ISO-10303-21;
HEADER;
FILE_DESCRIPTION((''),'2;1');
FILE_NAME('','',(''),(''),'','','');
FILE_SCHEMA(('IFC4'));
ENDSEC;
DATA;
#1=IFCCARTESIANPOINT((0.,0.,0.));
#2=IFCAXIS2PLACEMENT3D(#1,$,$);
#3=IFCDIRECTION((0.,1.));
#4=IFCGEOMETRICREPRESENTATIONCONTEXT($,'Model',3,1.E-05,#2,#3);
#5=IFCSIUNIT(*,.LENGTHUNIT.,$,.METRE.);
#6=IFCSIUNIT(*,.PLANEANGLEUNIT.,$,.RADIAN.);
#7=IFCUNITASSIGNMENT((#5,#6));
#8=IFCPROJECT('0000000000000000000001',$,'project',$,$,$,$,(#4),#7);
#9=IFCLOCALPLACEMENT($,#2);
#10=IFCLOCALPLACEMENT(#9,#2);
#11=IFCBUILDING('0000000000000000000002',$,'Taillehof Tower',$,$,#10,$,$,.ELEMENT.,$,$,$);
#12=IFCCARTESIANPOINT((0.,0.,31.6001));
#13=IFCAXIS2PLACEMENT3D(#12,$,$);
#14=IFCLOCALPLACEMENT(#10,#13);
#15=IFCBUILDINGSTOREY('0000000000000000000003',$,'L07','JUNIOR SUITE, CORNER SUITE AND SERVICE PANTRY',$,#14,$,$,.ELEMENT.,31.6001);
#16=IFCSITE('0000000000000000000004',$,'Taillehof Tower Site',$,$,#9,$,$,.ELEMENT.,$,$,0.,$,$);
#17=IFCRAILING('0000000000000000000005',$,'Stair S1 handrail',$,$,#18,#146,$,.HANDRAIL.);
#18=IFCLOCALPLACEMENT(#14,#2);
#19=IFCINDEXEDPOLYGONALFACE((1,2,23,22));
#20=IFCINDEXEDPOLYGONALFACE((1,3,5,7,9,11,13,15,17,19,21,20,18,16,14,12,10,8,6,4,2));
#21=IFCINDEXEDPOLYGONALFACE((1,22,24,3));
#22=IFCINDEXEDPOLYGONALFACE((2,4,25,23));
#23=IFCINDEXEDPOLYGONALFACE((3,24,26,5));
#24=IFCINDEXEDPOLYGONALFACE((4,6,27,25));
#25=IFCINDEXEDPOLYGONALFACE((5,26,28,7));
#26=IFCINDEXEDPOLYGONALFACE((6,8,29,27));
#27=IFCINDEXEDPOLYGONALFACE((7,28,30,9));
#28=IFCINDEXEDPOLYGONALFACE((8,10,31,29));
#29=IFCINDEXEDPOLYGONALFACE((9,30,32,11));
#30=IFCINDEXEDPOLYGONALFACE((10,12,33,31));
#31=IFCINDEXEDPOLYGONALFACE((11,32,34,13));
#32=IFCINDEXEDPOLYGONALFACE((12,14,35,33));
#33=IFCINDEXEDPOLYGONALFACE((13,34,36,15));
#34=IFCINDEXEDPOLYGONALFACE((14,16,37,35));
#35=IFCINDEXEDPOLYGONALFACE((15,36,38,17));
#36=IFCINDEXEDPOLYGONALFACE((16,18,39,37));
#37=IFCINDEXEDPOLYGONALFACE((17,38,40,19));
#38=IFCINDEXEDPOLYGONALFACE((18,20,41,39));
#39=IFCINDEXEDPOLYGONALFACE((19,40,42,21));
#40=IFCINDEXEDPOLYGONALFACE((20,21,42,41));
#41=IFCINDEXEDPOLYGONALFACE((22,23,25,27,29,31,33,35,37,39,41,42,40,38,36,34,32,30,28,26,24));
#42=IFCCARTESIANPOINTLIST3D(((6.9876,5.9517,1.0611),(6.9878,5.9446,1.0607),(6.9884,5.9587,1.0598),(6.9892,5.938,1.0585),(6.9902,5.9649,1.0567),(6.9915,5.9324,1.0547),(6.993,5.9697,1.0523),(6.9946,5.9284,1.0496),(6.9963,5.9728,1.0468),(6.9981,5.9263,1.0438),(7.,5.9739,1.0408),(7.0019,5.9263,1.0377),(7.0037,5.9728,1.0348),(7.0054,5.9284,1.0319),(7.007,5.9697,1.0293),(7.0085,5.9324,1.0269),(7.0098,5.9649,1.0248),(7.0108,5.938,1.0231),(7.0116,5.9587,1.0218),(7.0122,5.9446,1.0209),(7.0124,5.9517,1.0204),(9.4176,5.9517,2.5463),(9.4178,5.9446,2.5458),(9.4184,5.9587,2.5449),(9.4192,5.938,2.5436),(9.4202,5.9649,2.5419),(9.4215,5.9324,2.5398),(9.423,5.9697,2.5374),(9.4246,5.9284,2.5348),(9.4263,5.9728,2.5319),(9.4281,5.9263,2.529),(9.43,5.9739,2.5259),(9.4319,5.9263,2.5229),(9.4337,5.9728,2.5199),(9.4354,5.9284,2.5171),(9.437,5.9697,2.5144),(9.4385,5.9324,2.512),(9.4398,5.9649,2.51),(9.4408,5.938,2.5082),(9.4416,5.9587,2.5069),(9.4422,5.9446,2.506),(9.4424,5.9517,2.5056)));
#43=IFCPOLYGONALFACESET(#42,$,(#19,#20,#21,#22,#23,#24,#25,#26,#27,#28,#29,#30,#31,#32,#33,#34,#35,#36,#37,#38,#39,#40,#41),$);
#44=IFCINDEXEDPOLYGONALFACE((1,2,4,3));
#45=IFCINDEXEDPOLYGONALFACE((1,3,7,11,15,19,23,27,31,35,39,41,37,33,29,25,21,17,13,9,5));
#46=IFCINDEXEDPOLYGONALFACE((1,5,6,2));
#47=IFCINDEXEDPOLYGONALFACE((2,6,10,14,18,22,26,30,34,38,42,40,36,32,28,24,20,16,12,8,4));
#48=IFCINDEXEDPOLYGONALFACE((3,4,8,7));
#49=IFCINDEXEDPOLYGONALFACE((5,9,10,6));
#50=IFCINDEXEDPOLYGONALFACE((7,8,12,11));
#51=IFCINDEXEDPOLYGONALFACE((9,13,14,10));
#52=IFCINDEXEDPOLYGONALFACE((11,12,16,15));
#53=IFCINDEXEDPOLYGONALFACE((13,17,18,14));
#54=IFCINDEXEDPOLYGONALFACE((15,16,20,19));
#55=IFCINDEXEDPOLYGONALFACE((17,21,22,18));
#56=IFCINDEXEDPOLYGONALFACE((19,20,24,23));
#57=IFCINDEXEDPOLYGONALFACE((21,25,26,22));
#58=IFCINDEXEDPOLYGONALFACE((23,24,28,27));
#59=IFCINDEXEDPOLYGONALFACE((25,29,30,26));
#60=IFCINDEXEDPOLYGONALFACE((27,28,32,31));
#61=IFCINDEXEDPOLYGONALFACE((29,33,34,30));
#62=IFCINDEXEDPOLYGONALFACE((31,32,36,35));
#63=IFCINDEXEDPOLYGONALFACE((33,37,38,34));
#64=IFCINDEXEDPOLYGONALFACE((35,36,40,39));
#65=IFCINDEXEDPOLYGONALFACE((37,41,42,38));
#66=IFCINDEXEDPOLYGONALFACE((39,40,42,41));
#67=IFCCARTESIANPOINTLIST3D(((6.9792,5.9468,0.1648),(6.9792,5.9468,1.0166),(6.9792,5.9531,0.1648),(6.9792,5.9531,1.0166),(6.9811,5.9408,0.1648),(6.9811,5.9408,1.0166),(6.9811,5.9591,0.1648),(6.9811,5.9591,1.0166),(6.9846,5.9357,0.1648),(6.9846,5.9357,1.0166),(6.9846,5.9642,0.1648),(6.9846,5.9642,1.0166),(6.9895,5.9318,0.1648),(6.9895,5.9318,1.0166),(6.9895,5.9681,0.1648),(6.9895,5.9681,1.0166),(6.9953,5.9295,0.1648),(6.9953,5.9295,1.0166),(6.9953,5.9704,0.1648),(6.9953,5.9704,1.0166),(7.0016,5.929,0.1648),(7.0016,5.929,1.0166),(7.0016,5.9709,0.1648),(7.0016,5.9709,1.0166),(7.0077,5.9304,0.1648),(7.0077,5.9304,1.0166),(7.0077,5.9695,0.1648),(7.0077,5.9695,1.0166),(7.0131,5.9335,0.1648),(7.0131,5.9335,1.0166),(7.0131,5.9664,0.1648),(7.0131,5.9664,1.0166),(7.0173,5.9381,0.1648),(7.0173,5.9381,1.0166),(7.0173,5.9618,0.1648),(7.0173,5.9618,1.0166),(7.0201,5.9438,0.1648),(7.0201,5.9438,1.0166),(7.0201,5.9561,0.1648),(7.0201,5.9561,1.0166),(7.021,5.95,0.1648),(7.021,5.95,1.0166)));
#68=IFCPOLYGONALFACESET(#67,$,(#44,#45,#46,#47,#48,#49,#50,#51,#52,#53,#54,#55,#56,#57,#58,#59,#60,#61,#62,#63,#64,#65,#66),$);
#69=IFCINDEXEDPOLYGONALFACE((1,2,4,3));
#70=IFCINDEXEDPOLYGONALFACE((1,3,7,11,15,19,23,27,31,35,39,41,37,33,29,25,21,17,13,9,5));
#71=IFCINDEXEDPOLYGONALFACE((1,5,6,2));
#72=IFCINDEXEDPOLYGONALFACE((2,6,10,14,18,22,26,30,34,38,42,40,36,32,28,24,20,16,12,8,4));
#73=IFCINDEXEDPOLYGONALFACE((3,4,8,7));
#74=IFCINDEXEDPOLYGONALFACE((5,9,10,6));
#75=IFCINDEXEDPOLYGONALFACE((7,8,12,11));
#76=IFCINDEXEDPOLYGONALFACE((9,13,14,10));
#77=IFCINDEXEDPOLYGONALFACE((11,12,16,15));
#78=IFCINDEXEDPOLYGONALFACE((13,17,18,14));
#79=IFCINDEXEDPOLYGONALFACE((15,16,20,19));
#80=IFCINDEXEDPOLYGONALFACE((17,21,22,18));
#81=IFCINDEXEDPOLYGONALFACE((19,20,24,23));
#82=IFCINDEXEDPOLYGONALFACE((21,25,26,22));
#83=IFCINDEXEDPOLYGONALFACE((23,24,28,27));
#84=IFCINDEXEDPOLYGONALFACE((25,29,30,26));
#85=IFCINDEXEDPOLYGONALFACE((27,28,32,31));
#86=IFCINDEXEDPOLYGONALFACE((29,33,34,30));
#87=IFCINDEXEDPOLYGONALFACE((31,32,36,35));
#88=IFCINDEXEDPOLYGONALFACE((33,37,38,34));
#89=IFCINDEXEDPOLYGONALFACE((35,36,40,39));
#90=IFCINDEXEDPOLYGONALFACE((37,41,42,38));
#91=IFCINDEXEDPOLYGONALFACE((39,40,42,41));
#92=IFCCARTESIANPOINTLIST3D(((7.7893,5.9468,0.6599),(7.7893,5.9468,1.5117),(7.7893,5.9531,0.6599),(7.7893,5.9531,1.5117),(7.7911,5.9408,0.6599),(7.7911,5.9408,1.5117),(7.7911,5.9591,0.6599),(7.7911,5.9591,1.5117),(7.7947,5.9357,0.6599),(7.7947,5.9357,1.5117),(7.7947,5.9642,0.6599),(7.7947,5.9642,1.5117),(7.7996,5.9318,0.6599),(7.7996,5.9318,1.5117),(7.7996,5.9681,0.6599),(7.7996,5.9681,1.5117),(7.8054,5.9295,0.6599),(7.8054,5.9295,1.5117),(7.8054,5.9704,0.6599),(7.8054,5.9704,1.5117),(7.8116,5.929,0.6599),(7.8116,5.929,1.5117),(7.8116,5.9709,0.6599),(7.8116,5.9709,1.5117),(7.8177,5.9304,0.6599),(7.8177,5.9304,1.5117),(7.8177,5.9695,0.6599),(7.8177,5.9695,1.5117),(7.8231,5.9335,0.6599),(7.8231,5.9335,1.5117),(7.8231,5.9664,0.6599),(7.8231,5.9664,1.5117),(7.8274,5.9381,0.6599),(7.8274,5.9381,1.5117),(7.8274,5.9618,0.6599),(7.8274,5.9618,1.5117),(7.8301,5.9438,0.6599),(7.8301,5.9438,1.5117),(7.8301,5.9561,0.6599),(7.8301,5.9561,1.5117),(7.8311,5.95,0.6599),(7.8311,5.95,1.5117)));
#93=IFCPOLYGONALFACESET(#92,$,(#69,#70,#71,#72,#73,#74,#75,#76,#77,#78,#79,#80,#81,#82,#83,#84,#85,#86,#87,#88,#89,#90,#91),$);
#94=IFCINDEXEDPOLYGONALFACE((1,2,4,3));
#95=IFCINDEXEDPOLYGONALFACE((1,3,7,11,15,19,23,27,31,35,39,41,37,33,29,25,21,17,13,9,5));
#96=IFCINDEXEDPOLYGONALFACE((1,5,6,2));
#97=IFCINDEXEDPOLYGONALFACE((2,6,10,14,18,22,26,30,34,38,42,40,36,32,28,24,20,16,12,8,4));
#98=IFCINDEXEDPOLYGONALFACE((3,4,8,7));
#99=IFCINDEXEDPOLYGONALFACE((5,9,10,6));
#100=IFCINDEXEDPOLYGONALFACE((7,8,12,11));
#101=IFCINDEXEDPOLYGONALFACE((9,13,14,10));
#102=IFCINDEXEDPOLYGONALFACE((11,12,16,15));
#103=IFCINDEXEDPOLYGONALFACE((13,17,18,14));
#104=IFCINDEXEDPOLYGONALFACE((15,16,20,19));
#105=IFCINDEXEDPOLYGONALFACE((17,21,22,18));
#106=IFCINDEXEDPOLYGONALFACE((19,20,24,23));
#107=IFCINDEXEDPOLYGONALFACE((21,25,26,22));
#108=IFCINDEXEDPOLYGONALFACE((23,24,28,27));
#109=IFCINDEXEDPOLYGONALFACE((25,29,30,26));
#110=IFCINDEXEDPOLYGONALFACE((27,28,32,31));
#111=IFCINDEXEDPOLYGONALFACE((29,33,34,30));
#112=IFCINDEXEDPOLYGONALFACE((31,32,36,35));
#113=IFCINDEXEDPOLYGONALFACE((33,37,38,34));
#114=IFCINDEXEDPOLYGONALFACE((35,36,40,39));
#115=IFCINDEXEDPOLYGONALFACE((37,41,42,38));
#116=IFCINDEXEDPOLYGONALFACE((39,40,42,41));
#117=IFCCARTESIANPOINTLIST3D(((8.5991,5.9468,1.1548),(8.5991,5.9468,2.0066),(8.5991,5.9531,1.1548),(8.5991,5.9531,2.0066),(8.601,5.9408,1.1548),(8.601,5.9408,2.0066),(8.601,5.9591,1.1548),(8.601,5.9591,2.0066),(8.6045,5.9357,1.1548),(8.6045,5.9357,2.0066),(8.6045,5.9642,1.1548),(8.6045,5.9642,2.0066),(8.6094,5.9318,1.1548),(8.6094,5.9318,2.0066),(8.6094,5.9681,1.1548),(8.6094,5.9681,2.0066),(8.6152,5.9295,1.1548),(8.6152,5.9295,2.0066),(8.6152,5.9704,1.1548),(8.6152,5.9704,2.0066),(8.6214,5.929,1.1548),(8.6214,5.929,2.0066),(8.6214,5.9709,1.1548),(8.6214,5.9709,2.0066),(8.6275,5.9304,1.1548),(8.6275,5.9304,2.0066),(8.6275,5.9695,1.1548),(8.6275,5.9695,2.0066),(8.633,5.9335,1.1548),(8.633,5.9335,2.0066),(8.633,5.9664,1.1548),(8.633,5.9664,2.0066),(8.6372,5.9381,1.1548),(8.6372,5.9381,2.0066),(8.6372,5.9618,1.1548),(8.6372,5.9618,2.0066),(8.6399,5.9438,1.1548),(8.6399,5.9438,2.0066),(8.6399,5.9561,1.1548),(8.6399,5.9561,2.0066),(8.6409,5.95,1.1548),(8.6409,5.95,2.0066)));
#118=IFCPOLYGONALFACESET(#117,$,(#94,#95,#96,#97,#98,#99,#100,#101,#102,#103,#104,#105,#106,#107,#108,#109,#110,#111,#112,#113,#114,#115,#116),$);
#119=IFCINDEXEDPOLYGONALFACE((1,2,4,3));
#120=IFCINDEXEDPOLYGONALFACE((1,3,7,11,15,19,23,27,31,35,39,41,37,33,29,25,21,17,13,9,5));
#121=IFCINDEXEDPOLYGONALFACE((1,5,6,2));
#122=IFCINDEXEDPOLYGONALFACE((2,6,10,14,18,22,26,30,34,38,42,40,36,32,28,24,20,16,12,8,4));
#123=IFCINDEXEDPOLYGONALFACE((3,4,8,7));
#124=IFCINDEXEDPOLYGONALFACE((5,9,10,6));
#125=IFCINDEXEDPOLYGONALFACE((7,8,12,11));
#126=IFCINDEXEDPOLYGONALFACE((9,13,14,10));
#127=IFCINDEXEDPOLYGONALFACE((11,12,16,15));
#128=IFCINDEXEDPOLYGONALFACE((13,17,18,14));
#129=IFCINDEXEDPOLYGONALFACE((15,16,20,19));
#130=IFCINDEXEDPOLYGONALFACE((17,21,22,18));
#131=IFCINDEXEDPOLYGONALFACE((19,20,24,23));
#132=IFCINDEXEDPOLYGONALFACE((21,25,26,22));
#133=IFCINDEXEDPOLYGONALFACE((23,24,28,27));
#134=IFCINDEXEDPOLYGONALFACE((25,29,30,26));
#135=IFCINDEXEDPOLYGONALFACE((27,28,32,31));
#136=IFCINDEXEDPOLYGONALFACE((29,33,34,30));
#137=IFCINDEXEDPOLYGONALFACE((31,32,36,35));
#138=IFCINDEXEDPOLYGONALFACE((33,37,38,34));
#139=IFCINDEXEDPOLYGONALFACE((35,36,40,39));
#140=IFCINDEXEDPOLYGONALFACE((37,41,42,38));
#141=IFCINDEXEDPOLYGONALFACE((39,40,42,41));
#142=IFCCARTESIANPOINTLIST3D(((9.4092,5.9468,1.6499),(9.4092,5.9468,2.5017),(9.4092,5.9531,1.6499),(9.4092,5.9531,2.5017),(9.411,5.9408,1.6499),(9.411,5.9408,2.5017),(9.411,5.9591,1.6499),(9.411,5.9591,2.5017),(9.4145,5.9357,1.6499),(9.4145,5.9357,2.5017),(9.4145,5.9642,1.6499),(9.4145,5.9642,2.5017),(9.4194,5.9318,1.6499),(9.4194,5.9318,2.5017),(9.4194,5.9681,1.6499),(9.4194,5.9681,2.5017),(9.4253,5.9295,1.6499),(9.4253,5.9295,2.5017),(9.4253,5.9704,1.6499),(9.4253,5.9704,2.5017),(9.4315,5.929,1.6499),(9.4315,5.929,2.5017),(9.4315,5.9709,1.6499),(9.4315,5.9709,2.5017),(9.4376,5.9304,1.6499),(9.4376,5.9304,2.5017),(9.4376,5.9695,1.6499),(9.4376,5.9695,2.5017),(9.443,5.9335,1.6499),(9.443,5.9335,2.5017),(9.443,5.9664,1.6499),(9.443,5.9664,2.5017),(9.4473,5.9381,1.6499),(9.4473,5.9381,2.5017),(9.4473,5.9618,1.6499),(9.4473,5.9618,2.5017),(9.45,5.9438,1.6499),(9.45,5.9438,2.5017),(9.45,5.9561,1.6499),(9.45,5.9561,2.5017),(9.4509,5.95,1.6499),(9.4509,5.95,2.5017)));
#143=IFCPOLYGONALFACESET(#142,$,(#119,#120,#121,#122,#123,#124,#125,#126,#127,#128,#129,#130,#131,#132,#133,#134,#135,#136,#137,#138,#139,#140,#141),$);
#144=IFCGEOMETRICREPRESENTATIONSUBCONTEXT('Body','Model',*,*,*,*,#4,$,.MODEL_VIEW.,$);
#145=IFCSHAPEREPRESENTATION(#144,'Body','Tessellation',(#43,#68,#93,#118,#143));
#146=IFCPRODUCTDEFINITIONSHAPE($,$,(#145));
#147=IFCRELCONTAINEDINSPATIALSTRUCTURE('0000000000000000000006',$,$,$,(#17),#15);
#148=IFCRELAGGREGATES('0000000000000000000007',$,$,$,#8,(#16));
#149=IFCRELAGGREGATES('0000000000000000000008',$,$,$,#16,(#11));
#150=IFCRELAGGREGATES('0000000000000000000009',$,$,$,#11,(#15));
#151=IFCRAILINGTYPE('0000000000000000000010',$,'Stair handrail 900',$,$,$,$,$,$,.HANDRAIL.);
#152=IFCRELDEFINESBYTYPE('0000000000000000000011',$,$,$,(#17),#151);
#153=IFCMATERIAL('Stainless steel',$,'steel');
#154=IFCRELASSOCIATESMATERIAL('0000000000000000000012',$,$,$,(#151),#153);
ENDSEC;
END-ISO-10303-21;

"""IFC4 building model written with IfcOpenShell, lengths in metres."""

from ifc_helpers import new_model, si_unit, direction, frame, origin, origin_2d, place, context, subcontext, project, spatial, circle, extrude, material, type_object, element, save


model = new_model("IFC4")

# Units and contexts
model_context = context("Model", 3, precision=1e-05, world=origin(), true_north=direction((0.0, 1.0)))
body_context = subcontext(model_context, "Body", "Model", "MODEL_VIEW")
ifc_project = project(units=[si_unit("LENGTHUNIT", "METRE"), si_unit("PLANEANGLEUNIT", "RADIAN")], contexts=[model_context])

# Site, building, storey
site_placement = place(None, origin())
site = spatial("IfcSite", under=ifc_project, at=site_placement, Name="Taillehof Tower Site", CompositionType="ELEMENT", RefElevation=0.0)
building_placement = place(site_placement, origin())
building = spatial("IfcBuilding", under=site, at=building_placement, Name="Taillehof Tower", CompositionType="ELEMENT")
storey_placement = place(building_placement, frame((0.0, 0.0, 31.6001)))
storey = spatial("IfcBuildingStorey", under=building, at=storey_placement, Name="L07", Description="JUNIOR SUITE, CORNER SUITE AND SERVICE PANTRY", CompositionType="ELEMENT", Elevation=31.6001)

# Railing
ifc_material_1 = material(Name="Stainless steel", Category="steel")
railing_type = type_object("IfcRailingType", Name="Stair handrail 900", PredefinedType="HANDRAIL", material=ifc_material_1)
railing_placement = place(storey_placement, frame((7.0, 5.95, 0.1648)))
element("IfcRailing", 1, at=railing_placement, inside=storey, type_object=railing_type, Name="Stair S1 handrail", PredefinedType="HANDRAIL", context=body_context, shape_type="SweptSolid", body=[
    extrude(circle(Radius=0.0239, at=origin_2d()), frame((0.0, 0.0, 0.876), z_axis=(0.853259, 0.0, 0.521488), x_axis=(0.0, 1.0, 0.0)), (0.0, 0.0, 1.0), 2.8479),
    extrude(circle(Radius=0.021, at=origin_2d()), origin(), (0.0, 0.0, 1.0), 0.8518),
    extrude(circle(Radius=0.021, at=origin_2d()), frame((0.8101, 0.0, 0.4951)), (0.0, 0.0, 1.0), 0.8518),
    extrude(circle(Radius=0.021, at=origin_2d()), frame((1.6199, 0.0, 0.99)), (0.0, 0.0, 1.0), 0.8518),
    extrude(circle(Radius=0.021, at=origin_2d()), frame((2.4299, 0.0, 1.4851)), (0.0, 0.0, 1.0), 0.8518),
])

save(model, "model.ifc")
